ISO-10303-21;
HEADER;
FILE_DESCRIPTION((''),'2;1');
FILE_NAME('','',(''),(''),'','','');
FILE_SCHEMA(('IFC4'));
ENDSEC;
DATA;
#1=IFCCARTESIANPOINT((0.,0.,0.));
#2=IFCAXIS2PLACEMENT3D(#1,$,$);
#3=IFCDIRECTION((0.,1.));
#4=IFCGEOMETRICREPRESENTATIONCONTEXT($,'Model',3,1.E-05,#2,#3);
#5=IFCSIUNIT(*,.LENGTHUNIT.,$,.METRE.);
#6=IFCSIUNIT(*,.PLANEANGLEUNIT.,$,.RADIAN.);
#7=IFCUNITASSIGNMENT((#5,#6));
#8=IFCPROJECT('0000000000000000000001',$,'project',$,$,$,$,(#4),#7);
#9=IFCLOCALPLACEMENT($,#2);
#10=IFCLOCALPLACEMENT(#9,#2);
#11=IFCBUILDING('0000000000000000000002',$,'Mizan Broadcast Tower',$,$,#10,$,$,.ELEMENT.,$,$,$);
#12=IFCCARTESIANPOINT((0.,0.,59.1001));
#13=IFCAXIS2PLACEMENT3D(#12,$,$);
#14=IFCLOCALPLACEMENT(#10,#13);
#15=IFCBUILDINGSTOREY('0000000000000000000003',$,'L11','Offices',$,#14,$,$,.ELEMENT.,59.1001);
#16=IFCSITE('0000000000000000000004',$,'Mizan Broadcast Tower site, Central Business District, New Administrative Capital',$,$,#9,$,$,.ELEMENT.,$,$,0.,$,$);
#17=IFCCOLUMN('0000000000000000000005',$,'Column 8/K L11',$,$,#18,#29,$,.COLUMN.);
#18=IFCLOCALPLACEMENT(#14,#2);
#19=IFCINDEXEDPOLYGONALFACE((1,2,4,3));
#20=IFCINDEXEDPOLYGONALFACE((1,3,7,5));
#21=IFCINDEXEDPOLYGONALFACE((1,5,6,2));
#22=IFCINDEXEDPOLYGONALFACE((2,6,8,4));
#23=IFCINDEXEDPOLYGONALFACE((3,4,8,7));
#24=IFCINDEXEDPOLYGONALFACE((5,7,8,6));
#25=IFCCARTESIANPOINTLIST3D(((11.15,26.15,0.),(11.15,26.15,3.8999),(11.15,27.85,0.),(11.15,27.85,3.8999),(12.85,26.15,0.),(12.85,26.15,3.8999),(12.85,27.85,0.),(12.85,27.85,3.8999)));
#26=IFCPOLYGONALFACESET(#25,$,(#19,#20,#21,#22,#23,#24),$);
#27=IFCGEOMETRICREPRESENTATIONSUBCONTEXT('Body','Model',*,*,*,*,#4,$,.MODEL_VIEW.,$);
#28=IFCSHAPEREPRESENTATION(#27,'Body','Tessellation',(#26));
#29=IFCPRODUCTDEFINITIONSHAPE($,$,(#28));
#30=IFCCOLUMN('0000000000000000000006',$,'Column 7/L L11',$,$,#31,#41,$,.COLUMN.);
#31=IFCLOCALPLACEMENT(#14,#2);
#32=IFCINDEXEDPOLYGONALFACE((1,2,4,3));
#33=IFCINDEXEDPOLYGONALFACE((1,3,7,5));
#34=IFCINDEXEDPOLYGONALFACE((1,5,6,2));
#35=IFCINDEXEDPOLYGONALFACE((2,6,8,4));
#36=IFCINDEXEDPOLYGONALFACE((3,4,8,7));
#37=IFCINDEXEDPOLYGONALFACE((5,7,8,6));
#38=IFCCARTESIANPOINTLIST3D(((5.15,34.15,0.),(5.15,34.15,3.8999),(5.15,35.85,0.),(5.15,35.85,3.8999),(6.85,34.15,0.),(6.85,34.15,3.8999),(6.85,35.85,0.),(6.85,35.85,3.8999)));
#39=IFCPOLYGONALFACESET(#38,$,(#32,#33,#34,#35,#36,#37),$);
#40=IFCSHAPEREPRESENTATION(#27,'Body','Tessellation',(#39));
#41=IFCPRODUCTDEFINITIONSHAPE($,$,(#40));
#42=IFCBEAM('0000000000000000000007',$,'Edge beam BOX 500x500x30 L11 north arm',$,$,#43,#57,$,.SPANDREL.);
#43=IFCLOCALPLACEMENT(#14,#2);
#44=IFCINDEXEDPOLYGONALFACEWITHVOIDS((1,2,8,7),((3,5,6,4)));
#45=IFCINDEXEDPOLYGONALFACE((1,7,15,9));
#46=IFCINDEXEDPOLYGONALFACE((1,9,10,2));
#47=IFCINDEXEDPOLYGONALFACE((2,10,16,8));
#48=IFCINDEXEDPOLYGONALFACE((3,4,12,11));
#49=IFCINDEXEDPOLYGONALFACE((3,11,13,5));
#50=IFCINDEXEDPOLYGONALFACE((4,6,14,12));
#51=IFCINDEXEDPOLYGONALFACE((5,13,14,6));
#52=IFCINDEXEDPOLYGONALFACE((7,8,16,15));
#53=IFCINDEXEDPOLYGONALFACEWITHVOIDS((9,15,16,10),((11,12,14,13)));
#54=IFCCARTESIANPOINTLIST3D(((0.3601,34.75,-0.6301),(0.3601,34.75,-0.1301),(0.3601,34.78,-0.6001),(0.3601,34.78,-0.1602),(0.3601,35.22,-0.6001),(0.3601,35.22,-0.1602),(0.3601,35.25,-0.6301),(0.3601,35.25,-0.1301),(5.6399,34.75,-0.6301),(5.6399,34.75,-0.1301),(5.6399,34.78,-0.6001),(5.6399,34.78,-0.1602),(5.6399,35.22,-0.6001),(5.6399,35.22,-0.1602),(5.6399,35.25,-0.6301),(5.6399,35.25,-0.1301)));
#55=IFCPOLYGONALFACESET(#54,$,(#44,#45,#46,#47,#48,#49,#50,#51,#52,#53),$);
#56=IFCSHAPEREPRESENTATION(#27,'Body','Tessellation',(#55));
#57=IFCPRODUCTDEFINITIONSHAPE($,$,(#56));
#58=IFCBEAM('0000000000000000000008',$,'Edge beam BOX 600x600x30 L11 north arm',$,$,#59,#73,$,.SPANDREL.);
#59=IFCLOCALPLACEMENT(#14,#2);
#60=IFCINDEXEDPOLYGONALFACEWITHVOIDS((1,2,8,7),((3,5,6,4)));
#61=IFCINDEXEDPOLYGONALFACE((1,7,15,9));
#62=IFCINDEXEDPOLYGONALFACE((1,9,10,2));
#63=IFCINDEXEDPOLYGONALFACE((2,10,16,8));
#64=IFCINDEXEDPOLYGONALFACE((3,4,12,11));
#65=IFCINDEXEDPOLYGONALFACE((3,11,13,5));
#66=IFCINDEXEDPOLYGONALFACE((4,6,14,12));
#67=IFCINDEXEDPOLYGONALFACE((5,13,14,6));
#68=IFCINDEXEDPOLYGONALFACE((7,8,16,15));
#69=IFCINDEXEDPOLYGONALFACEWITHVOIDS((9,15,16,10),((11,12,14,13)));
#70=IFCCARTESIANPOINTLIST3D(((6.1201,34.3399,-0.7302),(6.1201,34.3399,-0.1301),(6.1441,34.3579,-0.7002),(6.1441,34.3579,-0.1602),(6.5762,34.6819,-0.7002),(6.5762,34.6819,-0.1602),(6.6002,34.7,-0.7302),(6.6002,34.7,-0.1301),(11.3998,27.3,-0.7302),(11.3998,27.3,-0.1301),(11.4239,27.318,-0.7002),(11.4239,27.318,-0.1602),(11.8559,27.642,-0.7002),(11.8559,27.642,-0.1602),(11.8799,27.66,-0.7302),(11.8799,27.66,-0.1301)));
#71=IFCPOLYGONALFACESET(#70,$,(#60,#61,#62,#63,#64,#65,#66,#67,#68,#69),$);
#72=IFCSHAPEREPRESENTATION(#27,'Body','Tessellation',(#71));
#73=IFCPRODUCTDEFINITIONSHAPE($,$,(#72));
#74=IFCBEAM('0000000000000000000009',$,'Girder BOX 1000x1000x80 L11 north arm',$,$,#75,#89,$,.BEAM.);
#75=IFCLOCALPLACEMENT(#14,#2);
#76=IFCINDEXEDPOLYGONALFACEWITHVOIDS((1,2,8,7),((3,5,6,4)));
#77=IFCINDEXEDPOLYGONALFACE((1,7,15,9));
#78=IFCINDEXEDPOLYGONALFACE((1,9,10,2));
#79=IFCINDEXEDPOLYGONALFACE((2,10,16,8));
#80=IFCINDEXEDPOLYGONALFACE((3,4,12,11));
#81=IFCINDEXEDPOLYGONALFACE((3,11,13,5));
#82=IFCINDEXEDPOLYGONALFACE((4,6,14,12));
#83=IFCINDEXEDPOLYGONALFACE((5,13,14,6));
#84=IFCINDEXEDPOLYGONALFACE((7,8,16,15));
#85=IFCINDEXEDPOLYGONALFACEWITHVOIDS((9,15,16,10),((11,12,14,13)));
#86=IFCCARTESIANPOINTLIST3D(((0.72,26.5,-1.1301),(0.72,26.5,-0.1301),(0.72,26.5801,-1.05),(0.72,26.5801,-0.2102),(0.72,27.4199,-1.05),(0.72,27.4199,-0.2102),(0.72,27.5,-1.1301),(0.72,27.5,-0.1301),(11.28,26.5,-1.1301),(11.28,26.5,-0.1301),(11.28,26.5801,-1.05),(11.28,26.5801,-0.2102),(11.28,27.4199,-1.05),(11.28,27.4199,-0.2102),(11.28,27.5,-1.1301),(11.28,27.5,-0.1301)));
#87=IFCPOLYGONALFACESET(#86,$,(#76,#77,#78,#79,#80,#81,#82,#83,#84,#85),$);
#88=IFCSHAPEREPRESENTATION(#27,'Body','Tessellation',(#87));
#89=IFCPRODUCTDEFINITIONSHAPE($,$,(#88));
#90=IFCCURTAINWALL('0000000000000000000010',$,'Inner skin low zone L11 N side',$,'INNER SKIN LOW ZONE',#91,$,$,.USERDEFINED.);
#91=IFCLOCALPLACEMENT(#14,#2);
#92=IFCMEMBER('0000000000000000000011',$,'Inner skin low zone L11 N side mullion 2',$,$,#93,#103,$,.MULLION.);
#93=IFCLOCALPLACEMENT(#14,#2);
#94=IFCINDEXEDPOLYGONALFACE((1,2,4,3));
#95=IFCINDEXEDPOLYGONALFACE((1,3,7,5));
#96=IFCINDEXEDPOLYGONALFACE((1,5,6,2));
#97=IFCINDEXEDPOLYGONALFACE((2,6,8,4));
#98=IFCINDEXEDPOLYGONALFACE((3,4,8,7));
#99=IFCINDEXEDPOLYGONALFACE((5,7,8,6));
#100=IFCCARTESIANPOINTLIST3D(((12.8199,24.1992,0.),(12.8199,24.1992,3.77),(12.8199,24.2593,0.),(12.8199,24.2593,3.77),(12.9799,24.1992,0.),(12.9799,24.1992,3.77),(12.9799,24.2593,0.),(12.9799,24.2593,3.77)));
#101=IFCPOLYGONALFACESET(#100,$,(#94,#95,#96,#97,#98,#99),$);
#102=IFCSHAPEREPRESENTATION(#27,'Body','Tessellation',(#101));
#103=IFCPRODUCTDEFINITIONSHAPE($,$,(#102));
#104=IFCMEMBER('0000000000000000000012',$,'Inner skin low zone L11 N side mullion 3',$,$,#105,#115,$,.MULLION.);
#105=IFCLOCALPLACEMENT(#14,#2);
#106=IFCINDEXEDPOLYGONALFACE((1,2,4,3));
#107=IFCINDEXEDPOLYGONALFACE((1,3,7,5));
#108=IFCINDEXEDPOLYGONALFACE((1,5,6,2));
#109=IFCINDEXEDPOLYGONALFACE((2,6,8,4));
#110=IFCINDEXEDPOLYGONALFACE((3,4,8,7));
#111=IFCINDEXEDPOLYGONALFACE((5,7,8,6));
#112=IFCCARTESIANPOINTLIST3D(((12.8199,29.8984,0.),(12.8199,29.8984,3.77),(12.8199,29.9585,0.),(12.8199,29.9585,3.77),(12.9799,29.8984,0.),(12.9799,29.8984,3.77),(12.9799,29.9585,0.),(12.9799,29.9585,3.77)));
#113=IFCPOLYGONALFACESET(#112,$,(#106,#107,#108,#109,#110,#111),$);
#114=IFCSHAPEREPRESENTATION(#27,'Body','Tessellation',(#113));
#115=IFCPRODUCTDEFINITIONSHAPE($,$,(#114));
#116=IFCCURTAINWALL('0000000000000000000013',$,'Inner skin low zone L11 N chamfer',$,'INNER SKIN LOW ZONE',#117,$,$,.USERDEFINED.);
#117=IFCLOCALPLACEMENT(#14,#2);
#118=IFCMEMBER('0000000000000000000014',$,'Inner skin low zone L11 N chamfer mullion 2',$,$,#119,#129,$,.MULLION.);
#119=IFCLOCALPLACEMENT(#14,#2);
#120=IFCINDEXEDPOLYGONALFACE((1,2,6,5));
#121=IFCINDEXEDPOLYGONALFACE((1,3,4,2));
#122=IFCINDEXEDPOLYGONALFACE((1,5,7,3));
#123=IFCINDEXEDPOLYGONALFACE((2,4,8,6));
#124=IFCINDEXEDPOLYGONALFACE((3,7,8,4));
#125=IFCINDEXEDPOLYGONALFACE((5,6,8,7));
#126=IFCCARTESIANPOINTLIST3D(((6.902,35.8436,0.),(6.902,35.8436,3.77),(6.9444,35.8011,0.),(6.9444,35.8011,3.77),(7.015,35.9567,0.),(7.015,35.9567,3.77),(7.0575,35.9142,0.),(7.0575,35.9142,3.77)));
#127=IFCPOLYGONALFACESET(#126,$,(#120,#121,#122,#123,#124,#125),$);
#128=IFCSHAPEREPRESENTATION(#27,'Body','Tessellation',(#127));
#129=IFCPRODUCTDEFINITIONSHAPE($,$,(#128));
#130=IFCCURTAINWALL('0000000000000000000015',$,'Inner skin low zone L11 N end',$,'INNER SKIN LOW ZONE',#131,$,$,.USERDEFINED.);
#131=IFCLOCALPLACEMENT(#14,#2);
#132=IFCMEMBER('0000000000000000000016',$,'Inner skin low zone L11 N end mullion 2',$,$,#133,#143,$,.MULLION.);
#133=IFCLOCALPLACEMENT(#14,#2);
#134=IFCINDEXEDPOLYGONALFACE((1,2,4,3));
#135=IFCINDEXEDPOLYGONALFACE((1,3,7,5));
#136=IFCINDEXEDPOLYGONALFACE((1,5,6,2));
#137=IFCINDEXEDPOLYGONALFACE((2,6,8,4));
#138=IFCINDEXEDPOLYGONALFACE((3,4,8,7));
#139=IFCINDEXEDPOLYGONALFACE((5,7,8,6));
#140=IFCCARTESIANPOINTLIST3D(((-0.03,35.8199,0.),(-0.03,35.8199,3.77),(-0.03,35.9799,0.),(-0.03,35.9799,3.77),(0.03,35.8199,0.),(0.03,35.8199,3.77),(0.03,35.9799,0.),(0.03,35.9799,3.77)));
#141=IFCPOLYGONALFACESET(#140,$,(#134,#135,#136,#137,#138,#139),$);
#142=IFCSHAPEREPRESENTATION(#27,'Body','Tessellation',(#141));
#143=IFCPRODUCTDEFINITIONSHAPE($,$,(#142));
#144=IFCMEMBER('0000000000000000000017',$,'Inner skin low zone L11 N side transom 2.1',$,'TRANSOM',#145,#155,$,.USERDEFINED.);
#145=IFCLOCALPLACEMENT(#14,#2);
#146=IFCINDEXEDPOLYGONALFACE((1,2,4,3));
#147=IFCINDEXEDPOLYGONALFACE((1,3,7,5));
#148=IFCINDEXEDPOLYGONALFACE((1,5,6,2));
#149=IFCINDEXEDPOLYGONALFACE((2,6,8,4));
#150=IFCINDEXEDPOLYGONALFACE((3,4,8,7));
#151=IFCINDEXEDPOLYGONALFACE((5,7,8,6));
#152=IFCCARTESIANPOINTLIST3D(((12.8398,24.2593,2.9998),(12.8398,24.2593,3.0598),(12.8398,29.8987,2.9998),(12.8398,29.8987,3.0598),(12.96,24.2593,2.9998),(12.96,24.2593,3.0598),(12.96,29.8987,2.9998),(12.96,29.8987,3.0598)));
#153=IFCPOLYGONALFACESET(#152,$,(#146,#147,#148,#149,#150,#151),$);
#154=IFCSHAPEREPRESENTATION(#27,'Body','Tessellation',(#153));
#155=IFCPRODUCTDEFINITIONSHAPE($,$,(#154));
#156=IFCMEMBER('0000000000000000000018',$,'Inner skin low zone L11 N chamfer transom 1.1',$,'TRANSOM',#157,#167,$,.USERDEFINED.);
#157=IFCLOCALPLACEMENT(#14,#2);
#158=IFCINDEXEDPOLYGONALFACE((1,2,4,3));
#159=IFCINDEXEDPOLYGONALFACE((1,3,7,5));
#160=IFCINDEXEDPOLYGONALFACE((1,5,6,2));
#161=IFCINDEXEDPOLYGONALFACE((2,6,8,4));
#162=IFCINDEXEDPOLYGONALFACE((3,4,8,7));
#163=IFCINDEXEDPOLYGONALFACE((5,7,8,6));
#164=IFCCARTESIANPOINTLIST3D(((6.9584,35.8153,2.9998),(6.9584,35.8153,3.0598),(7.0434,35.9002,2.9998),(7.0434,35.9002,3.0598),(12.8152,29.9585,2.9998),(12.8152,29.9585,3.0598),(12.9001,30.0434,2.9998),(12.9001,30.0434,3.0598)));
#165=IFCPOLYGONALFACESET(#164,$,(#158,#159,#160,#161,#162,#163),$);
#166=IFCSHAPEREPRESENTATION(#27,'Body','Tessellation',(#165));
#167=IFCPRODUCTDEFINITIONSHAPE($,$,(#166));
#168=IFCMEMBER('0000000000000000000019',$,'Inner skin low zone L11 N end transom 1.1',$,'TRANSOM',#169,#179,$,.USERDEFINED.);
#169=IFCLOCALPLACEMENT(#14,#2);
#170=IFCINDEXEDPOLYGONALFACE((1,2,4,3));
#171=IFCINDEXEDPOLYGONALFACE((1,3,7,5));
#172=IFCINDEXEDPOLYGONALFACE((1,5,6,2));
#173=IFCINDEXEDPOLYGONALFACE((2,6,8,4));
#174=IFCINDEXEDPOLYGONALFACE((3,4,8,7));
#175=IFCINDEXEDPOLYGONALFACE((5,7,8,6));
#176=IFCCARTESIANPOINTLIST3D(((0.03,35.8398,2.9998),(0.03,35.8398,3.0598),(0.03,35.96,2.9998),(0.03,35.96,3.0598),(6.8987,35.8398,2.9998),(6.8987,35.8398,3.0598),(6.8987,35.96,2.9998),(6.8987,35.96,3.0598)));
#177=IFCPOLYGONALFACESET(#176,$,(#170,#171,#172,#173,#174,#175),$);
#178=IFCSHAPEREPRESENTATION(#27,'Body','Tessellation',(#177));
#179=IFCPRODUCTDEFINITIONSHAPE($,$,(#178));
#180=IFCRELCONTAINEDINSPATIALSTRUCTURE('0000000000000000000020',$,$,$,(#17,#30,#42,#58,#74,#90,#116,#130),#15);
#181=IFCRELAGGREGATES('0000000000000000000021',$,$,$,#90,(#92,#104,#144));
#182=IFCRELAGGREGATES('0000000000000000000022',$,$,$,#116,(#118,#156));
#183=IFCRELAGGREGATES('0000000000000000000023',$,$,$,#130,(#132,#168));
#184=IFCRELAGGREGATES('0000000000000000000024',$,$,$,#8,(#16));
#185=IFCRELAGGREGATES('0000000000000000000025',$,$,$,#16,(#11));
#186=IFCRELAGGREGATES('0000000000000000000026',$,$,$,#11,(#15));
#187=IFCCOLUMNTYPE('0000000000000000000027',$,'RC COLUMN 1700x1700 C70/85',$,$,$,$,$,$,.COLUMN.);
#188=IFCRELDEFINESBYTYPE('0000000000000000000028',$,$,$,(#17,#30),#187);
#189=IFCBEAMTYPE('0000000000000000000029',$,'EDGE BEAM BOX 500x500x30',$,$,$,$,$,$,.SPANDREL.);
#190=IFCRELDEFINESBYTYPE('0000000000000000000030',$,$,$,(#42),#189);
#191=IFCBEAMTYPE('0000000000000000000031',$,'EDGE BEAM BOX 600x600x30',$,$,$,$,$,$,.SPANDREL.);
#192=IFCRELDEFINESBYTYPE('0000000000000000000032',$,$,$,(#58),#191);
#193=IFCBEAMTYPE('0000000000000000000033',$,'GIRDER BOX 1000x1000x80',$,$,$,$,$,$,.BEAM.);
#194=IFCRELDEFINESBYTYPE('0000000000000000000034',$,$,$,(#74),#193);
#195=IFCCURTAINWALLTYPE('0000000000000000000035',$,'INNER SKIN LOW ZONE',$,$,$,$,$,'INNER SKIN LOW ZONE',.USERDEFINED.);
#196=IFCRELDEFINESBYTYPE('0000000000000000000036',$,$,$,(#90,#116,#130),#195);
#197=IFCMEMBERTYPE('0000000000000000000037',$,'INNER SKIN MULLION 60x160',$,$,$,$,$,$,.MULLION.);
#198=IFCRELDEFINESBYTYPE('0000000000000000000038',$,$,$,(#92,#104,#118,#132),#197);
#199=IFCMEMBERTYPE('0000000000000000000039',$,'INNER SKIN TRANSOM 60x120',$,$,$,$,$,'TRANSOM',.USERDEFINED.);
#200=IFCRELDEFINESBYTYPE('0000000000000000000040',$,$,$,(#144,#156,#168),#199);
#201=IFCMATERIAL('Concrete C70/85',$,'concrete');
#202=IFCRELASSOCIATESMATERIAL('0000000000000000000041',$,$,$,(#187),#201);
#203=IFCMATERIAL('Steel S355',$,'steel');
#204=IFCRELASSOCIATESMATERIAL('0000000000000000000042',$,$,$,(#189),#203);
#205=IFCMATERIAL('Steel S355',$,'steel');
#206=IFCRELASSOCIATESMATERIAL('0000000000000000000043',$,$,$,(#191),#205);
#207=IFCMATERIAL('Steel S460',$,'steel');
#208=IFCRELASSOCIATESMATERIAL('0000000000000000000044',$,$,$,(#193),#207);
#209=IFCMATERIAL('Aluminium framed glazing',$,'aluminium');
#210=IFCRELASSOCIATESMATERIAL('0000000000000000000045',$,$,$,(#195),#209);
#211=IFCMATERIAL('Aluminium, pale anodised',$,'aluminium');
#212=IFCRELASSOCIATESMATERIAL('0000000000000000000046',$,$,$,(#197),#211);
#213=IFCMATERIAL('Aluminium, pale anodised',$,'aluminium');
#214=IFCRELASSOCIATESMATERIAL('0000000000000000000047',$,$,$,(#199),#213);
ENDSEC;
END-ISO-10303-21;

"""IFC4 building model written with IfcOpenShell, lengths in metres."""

from ifc_helpers import new_model, si_unit, direction, frame, origin, origin_2d, place, context, subcontext, project, spatial, rectangle, hollow_rectangle, extrude, material, material_profile, profile_set, type_object, element, aggregate, save


model = new_model("IFC4")

# Units and contexts
model_context = context("Model", 3, precision=1e-05, world=origin(), true_north=direction((0.0, 1.0)))
body_context = subcontext(model_context, "Body", "Model", "MODEL_VIEW")
ifc_project = project(units=[si_unit("LENGTHUNIT", "METRE"), si_unit("PLANEANGLEUNIT", "RADIAN")], contexts=[model_context])

# Site, building, storey
site_placement = place(None, origin())
site = spatial("IfcSite", under=ifc_project, at=site_placement, Name="Mizan Broadcast Tower site, Central Business District, New Administrative Capital", CompositionType="ELEMENT", RefElevation=0.0)
building_placement = place(site_placement, origin())
building = spatial("IfcBuilding", under=site, at=building_placement, Name="Mizan Broadcast Tower", CompositionType="ELEMENT")
storey_placement = place(building_placement, frame((0.0, 0.0, 59.1001)))
storey = spatial("IfcBuildingStorey", under=building, at=storey_placement, Name="L11", Description="Offices", CompositionType="ELEMENT", Elevation=59.1001)

# Columns
ifc_material_1 = material(Name="Concrete C70/85", Category="concrete")
ifc_material_profile_1 = material_profile(ifc_material_1, rectangle(XDim=1.7, YDim=1.7, at=origin_2d()), Name="RC 1700x1700")
ifc_profile_set_1 = profile_set([ifc_material_profile_1], Name="Concrete C70/85")
column_type = type_object("IfcColumnType", Name="RC COLUMN 1700x1700 C70/85", PredefinedType="COLUMN", material=ifc_profile_set_1)
for number, where, z_axis, x_axis, name in (
    (1, (12.0, 27.0, 0.0), (0.0, 0.0, 1.0), (1.0, 0.0, 0.0), "Column 8/K L11"),
    (2, (6.0, 35.0, 0.0), (0.0, 0.0, 1.0), (1.0, 0.0, 0.0), "Column 7/L L11"),
):
    element("IfcColumn", number, at=place(storey_placement, frame(where, z_axis=z_axis, x_axis=x_axis)), inside=storey, type_object=column_type, Name=name, PredefinedType="COLUMN", context=body_context, shape_type="SweptSolid", body=[
        extrude(rectangle(XDim=1.7, YDim=1.7, at=origin_2d()), origin(), (0.0, 0.0, 1.0), 3.8999),
    ])

# Beams
ifc_material_2 = material(Name="Steel S355", Category="steel")
ifc_material_profile_2 = material_profile(ifc_material_2, hollow_rectangle(XDim=0.5, YDim=0.5, WallThickness=0.03, at=origin_2d()), Name="BOX 500x500x30")
ifc_profile_set_2 = profile_set([ifc_material_profile_2], Name="Steel S355")
beam_type_1 = type_object("IfcBeamType", Name="EDGE BEAM BOX 500x500x30", PredefinedType="SPANDREL", material=ifc_profile_set_2)
beam_1_placement = place(storey_placement, frame((5.6399, 35.0, -0.3801), z_axis=(-1.0, 0.0, 0.0), x_axis=(0.0, -1.0, 0.0)))
element("IfcBeam", 3, at=beam_1_placement, inside=storey, type_object=beam_type_1, Name="Edge beam BOX 500x500x30 L11 north arm", PredefinedType="SPANDREL", context=body_context, shape_type="SweptSolid", body=[
    extrude(hollow_rectangle(XDim=0.5, YDim=0.5, WallThickness=0.03, at=origin_2d()), origin(), (0.0, 0.0, 1.0), 5.2798),
])
ifc_material_3 = material(Name="Steel S355", Category="steel")
ifc_material_profile_3 = material_profile(ifc_material_3, hollow_rectangle(XDim=0.6001, YDim=0.6001, WallThickness=0.03, at=origin_2d()), Name="BOX 600x600x30")
ifc_profile_set_3 = profile_set([ifc_material_profile_3], Name="Steel S355")
beam_type_2 = type_object("IfcBeamType", Name="EDGE BEAM BOX 600x600x30", PredefinedType="SPANDREL", material=ifc_profile_set_3)
beam_2_placement = place(storey_placement, frame((11.6399, 27.48, -0.4302), z_axis=(-0.599982, 0.800013, 0.0), x_axis=(-0.800013, -0.599982, 0.0)))
element("IfcBeam", 4, at=beam_2_placement, inside=storey, type_object=beam_type_2, Name="Edge beam BOX 600x600x30 L11 north arm", PredefinedType="SPANDREL", context=body_context, shape_type="SweptSolid", body=[
    extrude(hollow_rectangle(XDim=0.6001, YDim=0.6001, WallThickness=0.03, at=origin_2d()), origin(), (0.0, 0.0, 1.0), 8.7998),
])
ifc_material_4 = material(Name="Steel S460", Category="steel")
ifc_material_profile_4 = material_profile(ifc_material_4, hollow_rectangle(XDim=1.0, YDim=1.0, WallThickness=0.0801, at=origin_2d()), Name="BOX 1000x1000x80")
ifc_profile_set_4 = profile_set([ifc_material_profile_4], Name="Steel S460")
beam_type_3 = type_object("IfcBeamType", Name="GIRDER BOX 1000x1000x80", PredefinedType="BEAM", material=ifc_profile_set_4)
beam_3_placement = place(storey_placement, frame((11.28, 27.0, -0.6301), z_axis=(-1.0, 0.0, 0.0), x_axis=(0.0, -1.0, 0.0)))
element("IfcBeam", 5, at=beam_3_placement, inside=storey, type_object=beam_type_3, Name="Girder BOX 1000x1000x80 L11 north arm", PredefinedType="BEAM", context=body_context, shape_type="SweptSolid", body=[
    extrude(hollow_rectangle(XDim=1.0, YDim=1.0, WallThickness=0.0801, at=origin_2d()), origin(), (0.0, 0.0, 1.0), 10.5601),
])

# Curtain wall, members
ifc_material_5 = material(Name="Aluminium framed glazing", Category="aluminium")
curtain_wall_type_1 = type_object("IfcCurtainWallType", Name="INNER SKIN LOW ZONE", ElementType="INNER SKIN LOW ZONE", PredefinedType="USERDEFINED", material=ifc_material_5)
curtain_wall_1_placement = place(storey_placement, origin())
curtain_wall_1 = element("IfcCurtainWall", 6, at=curtain_wall_1_placement, inside=storey, type_object=curtain_wall_type_1, Name="Inner skin low zone L11 N side", ObjectType="INNER SKIN LOW ZONE", PredefinedType="USERDEFINED")
ifc_material_6 = material(Name="Aluminium, pale anodised", Category="aluminium")
ifc_material_profile_5 = material_profile(ifc_material_6, rectangle(XDim=0.1599, YDim=0.0601, at=origin_2d()), Name="MULLION 160x60")
ifc_profile_set_5 = profile_set([ifc_material_profile_5], Name="Aluminium, pale anodised")
member_type_1 = type_object("IfcMemberType", Name="INNER SKIN MULLION 60x160", PredefinedType="MULLION", material=ifc_profile_set_5)
member_1_placement = place(storey_placement, frame((12.8999, 24.2292, 0.0), z_axis=(0.0, 0.0, 1.0), x_axis=(-1.0, 0.0, 0.0)))
member_1 = element("IfcMember", 7, at=member_1_placement, type_object=member_type_1, Name="Inner skin low zone L11 N side mullion 2", PredefinedType="MULLION", context=body_context, shape_type="SweptSolid", body=[
    extrude(rectangle(XDim=0.1599, YDim=0.0601, at=origin_2d()), origin(), (0.0, 0.0, 1.0), 3.77),
])
member_2_placement = place(storey_placement, frame((12.8999, 29.9285, 0.0), z_axis=(0.0, 0.0, 1.0), x_axis=(-1.0, 0.0, 0.0)))
member_2 = element("IfcMember", 8, at=member_2_placement, type_object=member_type_1, Name="Inner skin low zone L11 N side mullion 3", PredefinedType="MULLION", context=body_context, shape_type="SweptSolid", body=[
    extrude(rectangle(XDim=0.1599, YDim=0.0601, at=origin_2d()), origin(), (0.0, 0.0, 1.0), 3.77),
])

# Curtain walls, members
curtain_wall_2_placement = place(storey_placement, origin())
curtain_wall_2 = element("IfcCurtainWall", 9, at=curtain_wall_2_placement, inside=storey, type_object=curtain_wall_type_1, Name="Inner skin low zone L11 N chamfer", ObjectType="INNER SKIN LOW ZONE", PredefinedType="USERDEFINED")
member_3_placement = place(storey_placement, frame((6.9797, 35.8789, 0.0), z_axis=(0.0, 0.0, 1.0), x_axis=(-0.707107, -0.707107, 0.0)))
member_3 = element("IfcMember", 10, at=member_3_placement, type_object=member_type_1, Name="Inner skin low zone L11 N chamfer mullion 2", PredefinedType="MULLION", context=body_context, shape_type="SweptSolid", body=[
    extrude(rectangle(XDim=0.1599, YDim=0.0601, at=origin_2d()), origin(), (0.0, 0.0, 1.0), 3.77),
])
curtain_wall_3_placement = place(storey_placement, origin())
curtain_wall_3 = element("IfcCurtainWall", 11, at=curtain_wall_3_placement, inside=storey, type_object=curtain_wall_type_1, Name="Inner skin low zone L11 N end", ObjectType="INNER SKIN LOW ZONE", PredefinedType="USERDEFINED")
member_4_placement = place(storey_placement, frame((0.0, 35.8999, 0.0), z_axis=(0.0, 0.0, 1.0), x_axis=(0.0, -1.0, 0.0)))
member_4 = element("IfcMember", 12, at=member_4_placement, type_object=member_type_1, Name="Inner skin low zone L11 N end mullion 2", PredefinedType="MULLION", context=body_context, shape_type="SweptSolid", body=[
    extrude(rectangle(XDim=0.1599, YDim=0.0601, at=origin_2d()), origin(), (0.0, 0.0, 1.0), 3.77),
])

# Members
ifc_material_7 = material(Name="Aluminium, pale anodised", Category="aluminium")
ifc_material_profile_6 = material_profile(ifc_material_7, rectangle(XDim=0.1201, YDim=0.0601, at=origin_2d()), Name="TRANSOM 120x60")
ifc_profile_set_6 = profile_set([ifc_material_profile_6], Name="Aluminium, pale anodised")
member_type_2 = type_object("IfcMemberType", Name="INNER SKIN TRANSOM 60x120", ElementType="TRANSOM", PredefinedType="USERDEFINED", material=ifc_profile_set_6)
member_5_placement = place(storey_placement, frame((12.8999, 24.2593, 3.0298), z_axis=(0.0, 1.0, 0.0), x_axis=(-1.0, 0.0, 0.0)))
member_5 = element("IfcMember", 13, at=member_5_placement, type_object=member_type_2, Name="Inner skin low zone L11 N side transom 2.1", ObjectType="TRANSOM", PredefinedType="USERDEFINED", context=body_context, shape_type="SweptSolid", body=[
    extrude(rectangle(XDim=0.1201, YDim=0.0601, at=origin_2d()), origin(), (0.0, 0.0, 1.0), 5.6394),
])
member_6_placement = place(storey_placement, frame((12.8577, 30.001, 3.0298), z_axis=(-0.707107, 0.707107, 0.0), x_axis=(-0.707107, -0.707107, 0.0)))
member_6 = element("IfcMember", 14, at=member_6_placement, type_object=member_type_2, Name="Inner skin low zone L11 N chamfer transom 1.1", ObjectType="TRANSOM", PredefinedType="USERDEFINED", context=body_context, shape_type="SweptSolid", body=[
    extrude(rectangle(XDim=0.1201, YDim=0.0601, at=origin_2d()), origin(), (0.0, 0.0, 1.0), 8.2827),
])
member_7_placement = place(storey_placement, frame((6.8987, 35.8999, 3.0298), z_axis=(-1.0, 0.0, 0.0), x_axis=(0.0, -1.0, 0.0)))
member_7 = element("IfcMember", 15, at=member_7_placement, type_object=member_type_2, Name="Inner skin low zone L11 N end transom 1.1", ObjectType="TRANSOM", PredefinedType="USERDEFINED", context=body_context, shape_type="SweptSolid", body=[
    extrude(rectangle(XDim=0.1201, YDim=0.0601, at=origin_2d()), origin(), (0.0, 0.0, 1.0), 6.8687),
])

aggregate(curtain_wall_1, [member_1, member_2, member_5])
aggregate(curtain_wall_2, [member_3, member_6])
aggregate(curtain_wall_3, [member_4, member_7])

save(model, "model.ifc")
